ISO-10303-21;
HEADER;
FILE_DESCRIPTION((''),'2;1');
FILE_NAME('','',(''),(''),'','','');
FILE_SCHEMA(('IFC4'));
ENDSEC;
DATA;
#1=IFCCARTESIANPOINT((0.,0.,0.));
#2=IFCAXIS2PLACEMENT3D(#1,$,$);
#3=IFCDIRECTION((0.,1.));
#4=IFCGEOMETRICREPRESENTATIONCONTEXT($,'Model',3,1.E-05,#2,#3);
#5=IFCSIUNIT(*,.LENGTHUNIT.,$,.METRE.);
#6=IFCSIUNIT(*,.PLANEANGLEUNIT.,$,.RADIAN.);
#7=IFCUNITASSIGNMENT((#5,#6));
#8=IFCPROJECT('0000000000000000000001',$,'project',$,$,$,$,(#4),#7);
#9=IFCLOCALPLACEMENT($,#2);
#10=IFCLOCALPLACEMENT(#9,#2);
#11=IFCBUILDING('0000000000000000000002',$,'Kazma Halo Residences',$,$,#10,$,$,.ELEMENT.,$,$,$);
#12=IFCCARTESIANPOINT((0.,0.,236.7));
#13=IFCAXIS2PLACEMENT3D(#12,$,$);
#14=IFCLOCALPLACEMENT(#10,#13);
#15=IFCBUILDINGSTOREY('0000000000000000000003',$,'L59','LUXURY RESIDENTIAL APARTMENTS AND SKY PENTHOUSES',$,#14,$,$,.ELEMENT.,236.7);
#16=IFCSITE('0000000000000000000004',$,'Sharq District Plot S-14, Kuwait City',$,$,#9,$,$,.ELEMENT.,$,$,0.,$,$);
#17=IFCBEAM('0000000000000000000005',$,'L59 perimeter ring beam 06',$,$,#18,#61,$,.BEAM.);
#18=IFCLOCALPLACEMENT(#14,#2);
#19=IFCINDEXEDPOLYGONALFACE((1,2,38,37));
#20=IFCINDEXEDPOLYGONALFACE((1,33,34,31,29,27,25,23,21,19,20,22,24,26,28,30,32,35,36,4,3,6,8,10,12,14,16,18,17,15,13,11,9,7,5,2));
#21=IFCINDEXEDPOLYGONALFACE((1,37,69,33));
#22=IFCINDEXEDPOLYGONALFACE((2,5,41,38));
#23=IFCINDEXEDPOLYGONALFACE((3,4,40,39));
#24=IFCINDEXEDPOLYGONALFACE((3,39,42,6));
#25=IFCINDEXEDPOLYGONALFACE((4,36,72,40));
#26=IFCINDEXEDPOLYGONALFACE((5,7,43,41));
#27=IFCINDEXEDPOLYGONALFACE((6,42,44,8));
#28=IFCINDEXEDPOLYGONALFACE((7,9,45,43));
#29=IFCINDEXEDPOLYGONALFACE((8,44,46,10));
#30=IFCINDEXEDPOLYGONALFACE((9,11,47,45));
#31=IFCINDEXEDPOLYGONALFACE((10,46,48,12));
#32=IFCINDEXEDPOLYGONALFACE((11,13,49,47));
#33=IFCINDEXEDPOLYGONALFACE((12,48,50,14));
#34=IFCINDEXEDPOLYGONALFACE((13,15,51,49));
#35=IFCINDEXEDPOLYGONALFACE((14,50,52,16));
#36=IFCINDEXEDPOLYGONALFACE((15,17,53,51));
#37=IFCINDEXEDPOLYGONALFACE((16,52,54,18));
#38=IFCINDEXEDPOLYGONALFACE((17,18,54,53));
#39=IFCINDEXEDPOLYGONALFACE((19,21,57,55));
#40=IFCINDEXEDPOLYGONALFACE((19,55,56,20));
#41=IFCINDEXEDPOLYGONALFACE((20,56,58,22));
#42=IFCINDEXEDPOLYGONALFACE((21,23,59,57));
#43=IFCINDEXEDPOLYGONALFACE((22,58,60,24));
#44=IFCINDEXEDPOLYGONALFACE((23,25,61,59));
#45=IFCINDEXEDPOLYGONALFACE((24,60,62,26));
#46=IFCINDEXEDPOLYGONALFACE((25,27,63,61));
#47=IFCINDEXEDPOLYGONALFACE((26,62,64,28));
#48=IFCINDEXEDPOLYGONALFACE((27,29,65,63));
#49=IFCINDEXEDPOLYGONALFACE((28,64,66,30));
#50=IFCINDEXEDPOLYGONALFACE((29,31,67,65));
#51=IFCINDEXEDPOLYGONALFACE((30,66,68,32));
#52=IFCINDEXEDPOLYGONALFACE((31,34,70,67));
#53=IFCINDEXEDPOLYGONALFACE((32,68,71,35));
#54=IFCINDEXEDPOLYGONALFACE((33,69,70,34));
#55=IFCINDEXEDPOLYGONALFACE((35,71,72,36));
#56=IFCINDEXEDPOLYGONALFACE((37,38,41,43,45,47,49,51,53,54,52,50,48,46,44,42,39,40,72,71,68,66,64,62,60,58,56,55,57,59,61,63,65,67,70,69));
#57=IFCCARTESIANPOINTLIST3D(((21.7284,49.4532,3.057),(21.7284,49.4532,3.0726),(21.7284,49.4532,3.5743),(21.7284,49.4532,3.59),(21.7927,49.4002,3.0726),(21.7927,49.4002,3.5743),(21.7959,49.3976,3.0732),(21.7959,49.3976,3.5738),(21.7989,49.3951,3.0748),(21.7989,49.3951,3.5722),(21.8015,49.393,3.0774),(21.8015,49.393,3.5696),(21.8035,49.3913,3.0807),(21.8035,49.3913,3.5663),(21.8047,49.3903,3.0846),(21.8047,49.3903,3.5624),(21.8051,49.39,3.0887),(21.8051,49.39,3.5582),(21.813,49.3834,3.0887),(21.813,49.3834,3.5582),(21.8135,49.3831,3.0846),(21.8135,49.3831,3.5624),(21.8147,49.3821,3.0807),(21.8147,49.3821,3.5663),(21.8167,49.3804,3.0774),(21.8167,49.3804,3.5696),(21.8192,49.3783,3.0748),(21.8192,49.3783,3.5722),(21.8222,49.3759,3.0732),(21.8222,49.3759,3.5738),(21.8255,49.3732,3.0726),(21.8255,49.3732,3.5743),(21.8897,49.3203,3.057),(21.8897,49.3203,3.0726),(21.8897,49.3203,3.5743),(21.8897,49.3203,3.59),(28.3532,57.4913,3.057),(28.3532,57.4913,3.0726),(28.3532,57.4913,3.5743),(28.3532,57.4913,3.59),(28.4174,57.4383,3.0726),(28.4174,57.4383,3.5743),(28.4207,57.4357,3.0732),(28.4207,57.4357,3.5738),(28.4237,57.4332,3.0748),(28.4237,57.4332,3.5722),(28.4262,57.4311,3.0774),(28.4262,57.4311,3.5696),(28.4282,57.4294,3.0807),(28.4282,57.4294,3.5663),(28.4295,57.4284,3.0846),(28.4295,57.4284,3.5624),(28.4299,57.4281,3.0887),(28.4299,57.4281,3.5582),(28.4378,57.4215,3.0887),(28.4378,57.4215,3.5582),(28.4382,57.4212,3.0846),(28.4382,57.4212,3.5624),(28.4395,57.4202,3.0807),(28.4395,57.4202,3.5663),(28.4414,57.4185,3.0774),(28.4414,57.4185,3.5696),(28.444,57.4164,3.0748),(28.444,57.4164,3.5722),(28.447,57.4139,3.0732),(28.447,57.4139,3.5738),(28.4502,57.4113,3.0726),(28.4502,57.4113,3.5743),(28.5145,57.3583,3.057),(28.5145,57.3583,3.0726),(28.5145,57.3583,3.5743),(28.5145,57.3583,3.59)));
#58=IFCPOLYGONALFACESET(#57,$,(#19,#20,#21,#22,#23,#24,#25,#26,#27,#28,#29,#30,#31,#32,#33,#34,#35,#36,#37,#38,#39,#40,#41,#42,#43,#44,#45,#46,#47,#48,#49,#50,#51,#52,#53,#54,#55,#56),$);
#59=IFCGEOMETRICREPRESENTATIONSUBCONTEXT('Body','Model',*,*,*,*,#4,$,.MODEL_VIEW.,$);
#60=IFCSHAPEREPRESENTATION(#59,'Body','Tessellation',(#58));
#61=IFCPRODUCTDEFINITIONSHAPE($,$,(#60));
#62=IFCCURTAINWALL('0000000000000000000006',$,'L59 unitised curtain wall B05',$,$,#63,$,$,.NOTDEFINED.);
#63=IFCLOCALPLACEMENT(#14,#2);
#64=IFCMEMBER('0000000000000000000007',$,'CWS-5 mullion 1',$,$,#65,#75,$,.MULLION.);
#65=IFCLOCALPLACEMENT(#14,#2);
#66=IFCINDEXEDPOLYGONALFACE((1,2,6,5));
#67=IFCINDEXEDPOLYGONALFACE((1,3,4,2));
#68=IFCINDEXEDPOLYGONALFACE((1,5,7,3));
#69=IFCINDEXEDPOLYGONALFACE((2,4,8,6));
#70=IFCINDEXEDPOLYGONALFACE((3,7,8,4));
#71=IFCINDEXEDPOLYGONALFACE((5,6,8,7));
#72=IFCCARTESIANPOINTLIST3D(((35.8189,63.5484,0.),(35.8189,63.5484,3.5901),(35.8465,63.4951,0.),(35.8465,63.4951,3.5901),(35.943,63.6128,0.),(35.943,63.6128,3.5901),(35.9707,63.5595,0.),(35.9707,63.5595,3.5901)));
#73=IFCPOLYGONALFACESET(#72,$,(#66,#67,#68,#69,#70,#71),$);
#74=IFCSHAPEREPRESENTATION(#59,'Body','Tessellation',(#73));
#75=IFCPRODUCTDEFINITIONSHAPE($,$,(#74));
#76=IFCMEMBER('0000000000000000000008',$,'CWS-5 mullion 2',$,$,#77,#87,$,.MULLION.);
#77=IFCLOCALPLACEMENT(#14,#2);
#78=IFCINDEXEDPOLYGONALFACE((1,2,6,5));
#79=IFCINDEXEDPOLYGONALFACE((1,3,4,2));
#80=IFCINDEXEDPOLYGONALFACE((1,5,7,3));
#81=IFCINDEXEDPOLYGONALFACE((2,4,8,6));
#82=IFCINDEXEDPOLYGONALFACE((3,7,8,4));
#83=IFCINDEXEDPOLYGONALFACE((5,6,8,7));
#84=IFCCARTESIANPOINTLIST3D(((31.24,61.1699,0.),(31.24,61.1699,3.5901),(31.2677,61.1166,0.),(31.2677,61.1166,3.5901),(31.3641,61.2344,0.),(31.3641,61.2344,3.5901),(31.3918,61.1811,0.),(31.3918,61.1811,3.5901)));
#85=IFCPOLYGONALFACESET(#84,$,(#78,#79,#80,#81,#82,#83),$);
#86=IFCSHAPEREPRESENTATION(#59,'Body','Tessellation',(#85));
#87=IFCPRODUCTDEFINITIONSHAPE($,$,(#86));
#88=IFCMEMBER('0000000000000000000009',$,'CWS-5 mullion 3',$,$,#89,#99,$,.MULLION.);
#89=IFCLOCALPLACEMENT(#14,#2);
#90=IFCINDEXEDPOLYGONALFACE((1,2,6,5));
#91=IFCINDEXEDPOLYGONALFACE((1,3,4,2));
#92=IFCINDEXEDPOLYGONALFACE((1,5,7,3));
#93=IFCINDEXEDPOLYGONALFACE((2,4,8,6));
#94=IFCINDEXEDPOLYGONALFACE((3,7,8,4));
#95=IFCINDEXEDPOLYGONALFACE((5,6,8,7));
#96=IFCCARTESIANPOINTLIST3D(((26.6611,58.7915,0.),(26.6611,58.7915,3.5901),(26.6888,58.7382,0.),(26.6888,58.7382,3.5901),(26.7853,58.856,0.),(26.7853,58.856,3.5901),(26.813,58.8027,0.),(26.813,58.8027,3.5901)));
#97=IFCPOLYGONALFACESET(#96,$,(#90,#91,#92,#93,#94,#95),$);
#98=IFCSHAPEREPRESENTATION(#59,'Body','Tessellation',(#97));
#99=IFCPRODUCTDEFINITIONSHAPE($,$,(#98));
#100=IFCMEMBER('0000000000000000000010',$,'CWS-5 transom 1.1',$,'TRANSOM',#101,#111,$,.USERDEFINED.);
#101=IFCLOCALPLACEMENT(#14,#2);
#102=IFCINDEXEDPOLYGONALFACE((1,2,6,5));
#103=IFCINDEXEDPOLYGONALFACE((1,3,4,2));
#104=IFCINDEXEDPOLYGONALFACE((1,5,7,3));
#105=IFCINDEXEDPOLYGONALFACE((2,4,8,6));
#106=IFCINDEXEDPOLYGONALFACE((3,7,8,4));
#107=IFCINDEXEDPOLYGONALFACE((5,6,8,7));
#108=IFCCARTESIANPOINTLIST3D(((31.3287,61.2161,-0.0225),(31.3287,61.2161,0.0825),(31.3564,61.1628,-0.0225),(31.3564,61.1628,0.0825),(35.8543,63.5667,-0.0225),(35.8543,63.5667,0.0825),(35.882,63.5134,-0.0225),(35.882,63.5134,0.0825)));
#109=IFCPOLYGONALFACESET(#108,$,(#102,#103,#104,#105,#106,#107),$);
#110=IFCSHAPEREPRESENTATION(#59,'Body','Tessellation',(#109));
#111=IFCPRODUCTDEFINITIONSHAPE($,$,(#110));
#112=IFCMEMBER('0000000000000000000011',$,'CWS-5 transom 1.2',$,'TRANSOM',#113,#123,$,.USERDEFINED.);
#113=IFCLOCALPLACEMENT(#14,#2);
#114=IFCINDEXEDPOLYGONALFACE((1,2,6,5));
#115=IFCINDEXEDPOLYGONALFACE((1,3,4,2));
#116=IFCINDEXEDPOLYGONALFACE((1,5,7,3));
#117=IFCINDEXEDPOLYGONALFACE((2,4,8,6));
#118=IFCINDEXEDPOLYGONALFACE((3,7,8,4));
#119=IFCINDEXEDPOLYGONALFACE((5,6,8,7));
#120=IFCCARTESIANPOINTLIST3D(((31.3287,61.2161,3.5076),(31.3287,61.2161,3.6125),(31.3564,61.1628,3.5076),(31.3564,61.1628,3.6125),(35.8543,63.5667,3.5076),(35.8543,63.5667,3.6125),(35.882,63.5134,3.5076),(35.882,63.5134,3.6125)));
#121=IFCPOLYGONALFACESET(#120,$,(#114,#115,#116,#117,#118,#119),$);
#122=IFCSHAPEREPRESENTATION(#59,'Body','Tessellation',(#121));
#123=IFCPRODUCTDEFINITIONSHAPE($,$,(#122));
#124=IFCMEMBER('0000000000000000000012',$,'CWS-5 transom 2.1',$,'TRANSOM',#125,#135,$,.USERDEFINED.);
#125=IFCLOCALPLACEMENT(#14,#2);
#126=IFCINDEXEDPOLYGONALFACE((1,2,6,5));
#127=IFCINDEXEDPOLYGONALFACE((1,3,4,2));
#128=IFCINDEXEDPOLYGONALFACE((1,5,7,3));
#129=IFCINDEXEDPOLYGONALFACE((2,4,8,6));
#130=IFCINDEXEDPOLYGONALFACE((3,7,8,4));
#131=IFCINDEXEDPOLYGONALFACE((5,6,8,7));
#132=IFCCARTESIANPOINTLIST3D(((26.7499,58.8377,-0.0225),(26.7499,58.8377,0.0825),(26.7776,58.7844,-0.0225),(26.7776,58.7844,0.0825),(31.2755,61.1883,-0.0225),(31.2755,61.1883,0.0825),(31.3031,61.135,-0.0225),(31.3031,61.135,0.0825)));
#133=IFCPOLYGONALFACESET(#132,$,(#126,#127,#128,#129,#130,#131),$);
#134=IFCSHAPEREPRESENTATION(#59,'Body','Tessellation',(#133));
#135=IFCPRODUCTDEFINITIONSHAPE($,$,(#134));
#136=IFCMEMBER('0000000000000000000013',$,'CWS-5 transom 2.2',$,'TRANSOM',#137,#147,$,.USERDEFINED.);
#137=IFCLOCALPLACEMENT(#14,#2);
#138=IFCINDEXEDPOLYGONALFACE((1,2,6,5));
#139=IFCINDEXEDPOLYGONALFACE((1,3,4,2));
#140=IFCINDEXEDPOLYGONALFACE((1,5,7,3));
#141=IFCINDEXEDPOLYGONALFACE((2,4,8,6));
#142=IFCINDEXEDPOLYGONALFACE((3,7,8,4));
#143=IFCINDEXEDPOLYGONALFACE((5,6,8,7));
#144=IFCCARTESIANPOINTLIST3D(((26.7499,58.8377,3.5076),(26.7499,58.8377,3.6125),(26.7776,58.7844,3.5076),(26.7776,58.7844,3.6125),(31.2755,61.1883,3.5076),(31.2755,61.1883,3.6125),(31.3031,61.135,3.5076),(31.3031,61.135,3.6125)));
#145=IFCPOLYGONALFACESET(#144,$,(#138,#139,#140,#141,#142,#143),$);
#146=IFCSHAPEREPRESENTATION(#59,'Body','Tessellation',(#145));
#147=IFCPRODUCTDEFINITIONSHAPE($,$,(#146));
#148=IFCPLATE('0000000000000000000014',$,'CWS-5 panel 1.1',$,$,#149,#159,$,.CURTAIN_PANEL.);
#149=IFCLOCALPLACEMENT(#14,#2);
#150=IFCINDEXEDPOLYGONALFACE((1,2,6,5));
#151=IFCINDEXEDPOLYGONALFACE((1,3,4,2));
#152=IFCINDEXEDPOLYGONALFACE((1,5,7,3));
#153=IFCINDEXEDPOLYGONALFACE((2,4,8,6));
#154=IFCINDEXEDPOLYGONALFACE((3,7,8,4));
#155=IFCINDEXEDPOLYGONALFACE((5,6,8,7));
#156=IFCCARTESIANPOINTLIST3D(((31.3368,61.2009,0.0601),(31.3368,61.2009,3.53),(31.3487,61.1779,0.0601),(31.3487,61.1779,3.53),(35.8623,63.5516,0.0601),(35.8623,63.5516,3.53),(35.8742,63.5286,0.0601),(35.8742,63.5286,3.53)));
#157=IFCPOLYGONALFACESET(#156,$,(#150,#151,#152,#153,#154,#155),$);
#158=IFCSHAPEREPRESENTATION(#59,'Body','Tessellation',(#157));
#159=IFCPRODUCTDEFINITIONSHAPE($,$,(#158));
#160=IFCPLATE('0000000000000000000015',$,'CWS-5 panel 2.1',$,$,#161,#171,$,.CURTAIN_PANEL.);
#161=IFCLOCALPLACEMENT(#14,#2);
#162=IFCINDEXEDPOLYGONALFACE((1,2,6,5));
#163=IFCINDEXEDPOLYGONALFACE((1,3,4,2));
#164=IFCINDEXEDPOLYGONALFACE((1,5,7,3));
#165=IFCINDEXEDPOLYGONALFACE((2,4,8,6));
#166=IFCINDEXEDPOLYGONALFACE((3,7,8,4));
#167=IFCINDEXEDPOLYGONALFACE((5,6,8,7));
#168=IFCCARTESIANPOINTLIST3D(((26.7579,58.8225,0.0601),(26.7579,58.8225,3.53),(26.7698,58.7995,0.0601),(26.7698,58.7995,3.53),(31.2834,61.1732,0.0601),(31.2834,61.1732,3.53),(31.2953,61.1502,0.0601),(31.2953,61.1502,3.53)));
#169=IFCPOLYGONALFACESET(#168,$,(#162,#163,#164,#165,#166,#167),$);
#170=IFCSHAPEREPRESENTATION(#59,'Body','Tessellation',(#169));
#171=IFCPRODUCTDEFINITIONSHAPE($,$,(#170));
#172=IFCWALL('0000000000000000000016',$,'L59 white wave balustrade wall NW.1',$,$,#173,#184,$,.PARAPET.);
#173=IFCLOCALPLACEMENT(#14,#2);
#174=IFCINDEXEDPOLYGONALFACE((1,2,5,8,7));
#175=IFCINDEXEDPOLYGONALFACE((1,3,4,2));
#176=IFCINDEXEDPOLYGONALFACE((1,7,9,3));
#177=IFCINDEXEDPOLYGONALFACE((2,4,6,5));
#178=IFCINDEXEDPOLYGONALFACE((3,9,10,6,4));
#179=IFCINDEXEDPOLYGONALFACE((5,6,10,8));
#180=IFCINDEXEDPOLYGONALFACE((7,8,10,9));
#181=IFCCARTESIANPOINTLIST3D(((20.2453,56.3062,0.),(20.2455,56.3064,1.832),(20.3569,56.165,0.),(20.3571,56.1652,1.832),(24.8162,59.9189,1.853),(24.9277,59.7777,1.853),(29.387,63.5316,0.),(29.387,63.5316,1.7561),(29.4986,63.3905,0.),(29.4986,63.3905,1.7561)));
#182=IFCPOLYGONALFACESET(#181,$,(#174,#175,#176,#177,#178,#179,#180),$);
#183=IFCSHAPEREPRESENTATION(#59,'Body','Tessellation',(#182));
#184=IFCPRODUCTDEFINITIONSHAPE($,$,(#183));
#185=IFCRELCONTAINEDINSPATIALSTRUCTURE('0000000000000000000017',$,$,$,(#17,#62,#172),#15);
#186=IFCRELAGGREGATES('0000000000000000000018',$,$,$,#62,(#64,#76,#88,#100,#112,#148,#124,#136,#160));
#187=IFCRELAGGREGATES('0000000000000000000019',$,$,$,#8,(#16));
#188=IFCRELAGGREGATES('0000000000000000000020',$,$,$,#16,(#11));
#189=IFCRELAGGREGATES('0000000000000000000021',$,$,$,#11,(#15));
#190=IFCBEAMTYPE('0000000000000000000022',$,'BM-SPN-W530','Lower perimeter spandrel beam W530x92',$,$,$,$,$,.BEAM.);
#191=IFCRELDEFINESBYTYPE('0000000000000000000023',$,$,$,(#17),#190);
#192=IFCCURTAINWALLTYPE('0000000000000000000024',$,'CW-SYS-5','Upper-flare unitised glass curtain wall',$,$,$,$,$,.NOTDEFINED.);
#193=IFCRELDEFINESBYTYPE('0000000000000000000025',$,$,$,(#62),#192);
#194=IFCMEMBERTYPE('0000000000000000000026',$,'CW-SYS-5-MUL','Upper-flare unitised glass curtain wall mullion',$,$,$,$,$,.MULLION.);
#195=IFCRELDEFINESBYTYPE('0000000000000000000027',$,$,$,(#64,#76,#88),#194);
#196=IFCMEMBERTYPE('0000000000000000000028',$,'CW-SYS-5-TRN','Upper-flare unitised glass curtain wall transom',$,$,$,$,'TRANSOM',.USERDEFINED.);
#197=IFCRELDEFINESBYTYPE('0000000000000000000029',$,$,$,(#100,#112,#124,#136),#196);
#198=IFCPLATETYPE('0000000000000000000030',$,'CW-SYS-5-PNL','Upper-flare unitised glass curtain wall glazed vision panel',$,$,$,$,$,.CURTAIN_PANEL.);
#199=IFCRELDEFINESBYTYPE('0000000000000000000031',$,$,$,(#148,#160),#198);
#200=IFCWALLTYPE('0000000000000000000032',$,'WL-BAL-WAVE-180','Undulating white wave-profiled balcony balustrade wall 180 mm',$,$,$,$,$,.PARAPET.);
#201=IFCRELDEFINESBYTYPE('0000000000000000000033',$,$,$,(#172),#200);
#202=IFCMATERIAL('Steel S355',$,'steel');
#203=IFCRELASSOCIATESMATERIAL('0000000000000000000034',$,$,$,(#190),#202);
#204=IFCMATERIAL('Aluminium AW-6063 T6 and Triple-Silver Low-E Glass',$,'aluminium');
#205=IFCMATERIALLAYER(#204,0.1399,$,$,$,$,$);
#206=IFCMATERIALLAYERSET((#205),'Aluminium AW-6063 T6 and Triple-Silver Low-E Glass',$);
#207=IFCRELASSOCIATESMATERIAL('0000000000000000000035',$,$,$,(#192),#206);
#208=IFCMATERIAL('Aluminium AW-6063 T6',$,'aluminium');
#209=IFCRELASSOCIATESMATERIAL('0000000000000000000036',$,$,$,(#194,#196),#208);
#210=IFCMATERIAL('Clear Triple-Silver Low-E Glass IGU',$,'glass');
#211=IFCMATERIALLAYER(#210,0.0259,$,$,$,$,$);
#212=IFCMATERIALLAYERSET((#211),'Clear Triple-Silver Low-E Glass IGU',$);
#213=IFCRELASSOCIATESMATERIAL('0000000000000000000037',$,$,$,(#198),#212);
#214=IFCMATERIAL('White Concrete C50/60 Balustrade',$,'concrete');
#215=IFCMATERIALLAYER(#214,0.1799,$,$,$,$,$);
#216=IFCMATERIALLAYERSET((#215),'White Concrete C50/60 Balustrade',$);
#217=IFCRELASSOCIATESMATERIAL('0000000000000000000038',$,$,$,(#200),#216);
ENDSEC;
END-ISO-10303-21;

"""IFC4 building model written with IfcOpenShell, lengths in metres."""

from ifc_helpers import new_model, si_unit, direction, frame, origin, origin_2d, place, context, subcontext, project, spatial, polyline, rectangle, i_section, outline, extrude, material, layer, layer_set, material_profile, profile_set, type_object, element, aggregate, save


model = new_model("IFC4")

# Units and contexts
model_context = context("Model", 3, precision=1e-05, world=origin(), true_north=direction((0.0, 1.0)))
body_context = subcontext(model_context, "Body", "Model", "MODEL_VIEW")
ifc_project = project(units=[si_unit("LENGTHUNIT", "METRE"), si_unit("PLANEANGLEUNIT", "RADIAN")], contexts=[model_context])

# Site, building, storey
site_placement = place(None, origin())
site = spatial("IfcSite", under=ifc_project, at=site_placement, Name="Sharq District Plot S-14, Kuwait City", CompositionType="ELEMENT", RefElevation=0.0)
building_placement = place(site_placement, origin())
building = spatial("IfcBuilding", under=site, at=building_placement, Name="Kazma Halo Residences", CompositionType="ELEMENT")
storey_placement = place(building_placement, frame((0.0, 0.0, 236.7)))
storey = spatial("IfcBuildingStorey", under=building, at=storey_placement, Name="L59", Description="LUXURY RESIDENTIAL APARTMENTS AND SKY PENTHOUSES", CompositionType="ELEMENT", Elevation=236.7)

# Beam
ifc_material_1 = material(Name="Steel S355", Category="steel")
ifc_material_profile_1 = material_profile(ifc_material_1, i_section(OverallWidth=0.209, OverallDepth=0.533, WebThickness=0.0103, FlangeThickness=0.0156, FilletRadius=0.0161, at=origin_2d()), Name="W530x92")
ifc_profile_set_1 = profile_set([ifc_material_profile_1], Name="Steel S355")
beam_type_1 = type_object("IfcBeamType", Name="BM-SPN-W530", Description="Lower perimeter spandrel beam W530x92", PredefinedType="BEAM", material=ifc_profile_set_1)
beam_1_placement = place(storey_placement, frame((28.4338, 57.4248, 3.3235), z_axis=(-0.636002, -0.771687, 0.0), x_axis=(0.771687, -0.636002, 0.0)))
element("IfcBeam", 1, at=beam_1_placement, inside=storey, type_object=beam_type_1, Name="L59 perimeter ring beam 06", PredefinedType="BEAM", context=body_context, shape_type="SweptSolid", body=[
    extrude(i_section(OverallWidth=0.209, OverallDepth=0.533, WebThickness=0.0103, FlangeThickness=0.0156, FilletRadius=0.0161, at=origin_2d()), origin(), (0.0, 0.0, 1.0), 10.4163),
])

# Curtain wall, members, plates
ifc_material_2 = material(Name="Aluminium AW-6063 T6 and Triple-Silver Low-E Glass", Category="aluminium")
ifc_layer_1 = layer(ifc_material_2, 0.1399)
ifc_layer_set_1 = layer_set([ifc_layer_1], Name="Aluminium AW-6063 T6 and Triple-Silver Low-E Glass")
curtain_wall_type = type_object("IfcCurtainWallType", Name="CW-SYS-5", Description="Upper-flare unitised glass curtain wall", PredefinedType="NOTDEFINED", material=ifc_layer_set_1)
curtain_wall_placement = place(storey_placement, origin())
curtain_wall = element("IfcCurtainWall", 2, at=curtain_wall_placement, inside=storey, type_object=curtain_wall_type, Name="L59 unitised curtain wall B05", PredefinedType="NOTDEFINED")
ifc_material_3 = material(Name="Aluminium AW-6063 T6", Category="aluminium")
ifc_material_profile_2 = material_profile(ifc_material_3, rectangle(XDim=0.0601, YDim=0.1399, at=origin_2d()), Name="CWM-60x140")
ifc_profile_set_2 = profile_set([ifc_material_profile_2], Name="Aluminium AW-6063 T6")
member_type_1 = type_object("IfcMemberType", Name="CW-SYS-5-MUL", Description="Upper-flare unitised glass curtain wall mullion", PredefinedType="MULLION", material=ifc_profile_set_2)
member_1_placement = place(storey_placement, frame((35.8948, 63.554, 0.0), z_axis=(0.0, 0.0, 1.0), x_axis=(0.460961, -0.887421, 0.0)))
member_1 = element("IfcMember", 3, at=member_1_placement, type_object=member_type_1, Name="CWS-5 mullion 1", PredefinedType="MULLION", context=body_context, shape_type="SweptSolid", body=[
    extrude(rectangle(XDim=0.0601, YDim=0.1399, at=origin_2d()), origin(), (0.0, 0.0, 1.0), 3.5901),
])
member_2_placement = place(storey_placement, frame((31.3159, 61.1755, 0.0), z_axis=(0.0, 0.0, 1.0), x_axis=(0.460961, -0.887421, 0.0)))
member_2 = element("IfcMember", 4, at=member_2_placement, type_object=member_type_1, Name="CWS-5 mullion 2", PredefinedType="MULLION", context=body_context, shape_type="SweptSolid", body=[
    extrude(rectangle(XDim=0.0601, YDim=0.1399, at=origin_2d()), origin(), (0.0, 0.0, 1.0), 3.5901),
])
member_3_placement = place(storey_placement, frame((26.7371, 58.7971, 0.0), z_axis=(0.0, 0.0, 1.0), x_axis=(0.460961, -0.887421, 0.0)))
member_3 = element("IfcMember", 5, at=member_3_placement, type_object=member_type_1, Name="CWS-5 mullion 3", PredefinedType="MULLION", context=body_context, shape_type="SweptSolid", body=[
    extrude(rectangle(XDim=0.0601, YDim=0.1399, at=origin_2d()), origin(), (0.0, 0.0, 1.0), 3.5901),
])
ifc_material_profile_3 = material_profile(ifc_material_3, rectangle(XDim=0.0601, YDim=0.105, at=origin_2d()), Name="CWT-60x105")
ifc_profile_set_3 = profile_set([ifc_material_profile_3], Name="Aluminium AW-6063 T6")
member_type_2 = type_object("IfcMemberType", Name="CW-SYS-5-TRN", Description="Upper-flare unitised glass curtain wall transom", ElementType="TRANSOM", PredefinedType="USERDEFINED", material=ifc_profile_set_3)
member_4_placement = place(storey_placement, frame((35.8682, 63.54, 0.03), z_axis=(-0.887437, -0.460929, 0.0), x_axis=(0.460929, -0.887437, 0.0)))
member_4 = element("IfcMember", 6, at=member_4_placement, type_object=member_type_2, Name="CWS-5 transom 1.1", ObjectType="TRANSOM", PredefinedType="USERDEFINED", context=body_context, shape_type="SweptSolid", body=[
    extrude(rectangle(XDim=0.0601, YDim=0.105, at=origin_2d()), origin(), (0.0, 0.0, 1.0), 5.0996),
])
member_5_placement = place(storey_placement, frame((35.8682, 63.54, 3.5601), z_axis=(-0.887437, -0.460929, 0.0), x_axis=(0.460929, -0.887437, 0.0)))
member_5 = element("IfcMember", 7, at=member_5_placement, type_object=member_type_2, Name="CWS-5 transom 1.2", ObjectType="TRANSOM", PredefinedType="USERDEFINED", context=body_context, shape_type="SweptSolid", body=[
    extrude(rectangle(XDim=0.0601, YDim=0.105, at=origin_2d()), origin(), (0.0, 0.0, 1.0), 5.0996),
])
member_6_placement = place(storey_placement, frame((31.2893, 61.1616, 0.03), z_axis=(-0.887437, -0.460929, 0.0), x_axis=(0.460929, -0.887437, 0.0)))
member_6 = element("IfcMember", 8, at=member_6_placement, type_object=member_type_2, Name="CWS-5 transom 2.1", ObjectType="TRANSOM", PredefinedType="USERDEFINED", context=body_context, shape_type="SweptSolid", body=[
    extrude(rectangle(XDim=0.0601, YDim=0.105, at=origin_2d()), origin(), (0.0, 0.0, 1.0), 5.0996),
])
member_7_placement = place(storey_placement, frame((31.2893, 61.1616, 3.5601), z_axis=(-0.887437, -0.460929, 0.0), x_axis=(0.460929, -0.887437, 0.0)))
member_7 = element("IfcMember", 9, at=member_7_placement, type_object=member_type_2, Name="CWS-5 transom 2.2", ObjectType="TRANSOM", PredefinedType="USERDEFINED", context=body_context, shape_type="SweptSolid", body=[
    extrude(rectangle(XDim=0.0601, YDim=0.105, at=origin_2d()), origin(), (0.0, 0.0, 1.0), 5.0996),
])
ifc_material_4 = material(Name="Clear Triple-Silver Low-E Glass IGU", Category="glass")
ifc_layer_2 = layer(ifc_material_4, 0.0259)
ifc_layer_set_2 = layer_set([ifc_layer_2], Name="Clear Triple-Silver Low-E Glass IGU")
plate_type = type_object("IfcPlateType", Name="CW-SYS-5-PNL", Description="Upper-flare unitised glass curtain wall glazed vision panel", PredefinedType="CURTAIN_PANEL", material=ifc_layer_set_2)
plate_1_placement = place(storey_placement, frame((33.6055, 62.3647, 0.0601), z_axis=(0.0, 0.0, 1.0), x_axis=(-0.887421, -0.460961, 0.0)))
plate_1 = element("IfcPlate", 10, at=plate_1_placement, type_object=plate_type, Name="CWS-5 panel 1.1", PredefinedType="CURTAIN_PANEL", context=body_context, shape_type="SweptSolid", body=[
    extrude(rectangle(XDim=5.0996, YDim=0.0259, at=origin_2d()), origin(), (0.0, 0.0, 1.0), 3.47),
])
plate_2_placement = place(storey_placement, frame((29.0266, 59.9863, 0.0601), z_axis=(0.0, 0.0, 1.0), x_axis=(-0.887421, -0.460961, 0.0)))
plate_2 = element("IfcPlate", 11, at=plate_2_placement, type_object=plate_type, Name="CWS-5 panel 2.1", PredefinedType="CURTAIN_PANEL", context=body_context, shape_type="SweptSolid", body=[
    extrude(rectangle(XDim=5.0996, YDim=0.0259, at=origin_2d()), origin(), (0.0, 0.0, 1.0), 3.47),
])
aggregate(curtain_wall, [member_1, member_2, member_3, member_4, member_5, plate_1, member_6, member_7, plate_2])

# Wall
ifc_material_5 = material(Name="White Concrete C50/60 Balustrade", Category="concrete")
ifc_layer_3 = layer(ifc_material_5, 0.1799)
ifc_layer_set_3 = layer_set([ifc_layer_3], Name="White Concrete C50/60 Balustrade")
wall_type_1 = type_object("IfcWallType", Name="WL-BAL-WAVE-180", Description="Undulating white wave-profiled balcony balustrade wall 180 mm", PredefinedType="PARAPET", material=ifc_layer_set_3)
wall_1_placement = place(storey_placement, frame((29.4429, 63.4609, 0.0), z_axis=(0.0, 0.0, 1.0), x_axis=(-0.784537, -0.620082, 0.0)))
element("IfcWall", 12, at=wall_1_placement, inside=storey, type_object=wall_type_1, Name="L59 white wave balustrade wall NW.1", PredefinedType="PARAPET", context=body_context, shape_type="SweptSolid", body=[
    extrude(outline(polyline([(0.0, 0.0), (11.6523, 0.0), (11.6521, 1.832), (5.8262, 1.853), (0.0, 1.7561), (0.0, 0.0)])), frame((0.0, 0.0898, 0.0), z_axis=(0.0, -1.0, 0.0), x_axis=(1.0, 0.0, 0.0)), (0.0, 0.0, 1.0), 0.1799),
])

save(model, "model.ifc")
